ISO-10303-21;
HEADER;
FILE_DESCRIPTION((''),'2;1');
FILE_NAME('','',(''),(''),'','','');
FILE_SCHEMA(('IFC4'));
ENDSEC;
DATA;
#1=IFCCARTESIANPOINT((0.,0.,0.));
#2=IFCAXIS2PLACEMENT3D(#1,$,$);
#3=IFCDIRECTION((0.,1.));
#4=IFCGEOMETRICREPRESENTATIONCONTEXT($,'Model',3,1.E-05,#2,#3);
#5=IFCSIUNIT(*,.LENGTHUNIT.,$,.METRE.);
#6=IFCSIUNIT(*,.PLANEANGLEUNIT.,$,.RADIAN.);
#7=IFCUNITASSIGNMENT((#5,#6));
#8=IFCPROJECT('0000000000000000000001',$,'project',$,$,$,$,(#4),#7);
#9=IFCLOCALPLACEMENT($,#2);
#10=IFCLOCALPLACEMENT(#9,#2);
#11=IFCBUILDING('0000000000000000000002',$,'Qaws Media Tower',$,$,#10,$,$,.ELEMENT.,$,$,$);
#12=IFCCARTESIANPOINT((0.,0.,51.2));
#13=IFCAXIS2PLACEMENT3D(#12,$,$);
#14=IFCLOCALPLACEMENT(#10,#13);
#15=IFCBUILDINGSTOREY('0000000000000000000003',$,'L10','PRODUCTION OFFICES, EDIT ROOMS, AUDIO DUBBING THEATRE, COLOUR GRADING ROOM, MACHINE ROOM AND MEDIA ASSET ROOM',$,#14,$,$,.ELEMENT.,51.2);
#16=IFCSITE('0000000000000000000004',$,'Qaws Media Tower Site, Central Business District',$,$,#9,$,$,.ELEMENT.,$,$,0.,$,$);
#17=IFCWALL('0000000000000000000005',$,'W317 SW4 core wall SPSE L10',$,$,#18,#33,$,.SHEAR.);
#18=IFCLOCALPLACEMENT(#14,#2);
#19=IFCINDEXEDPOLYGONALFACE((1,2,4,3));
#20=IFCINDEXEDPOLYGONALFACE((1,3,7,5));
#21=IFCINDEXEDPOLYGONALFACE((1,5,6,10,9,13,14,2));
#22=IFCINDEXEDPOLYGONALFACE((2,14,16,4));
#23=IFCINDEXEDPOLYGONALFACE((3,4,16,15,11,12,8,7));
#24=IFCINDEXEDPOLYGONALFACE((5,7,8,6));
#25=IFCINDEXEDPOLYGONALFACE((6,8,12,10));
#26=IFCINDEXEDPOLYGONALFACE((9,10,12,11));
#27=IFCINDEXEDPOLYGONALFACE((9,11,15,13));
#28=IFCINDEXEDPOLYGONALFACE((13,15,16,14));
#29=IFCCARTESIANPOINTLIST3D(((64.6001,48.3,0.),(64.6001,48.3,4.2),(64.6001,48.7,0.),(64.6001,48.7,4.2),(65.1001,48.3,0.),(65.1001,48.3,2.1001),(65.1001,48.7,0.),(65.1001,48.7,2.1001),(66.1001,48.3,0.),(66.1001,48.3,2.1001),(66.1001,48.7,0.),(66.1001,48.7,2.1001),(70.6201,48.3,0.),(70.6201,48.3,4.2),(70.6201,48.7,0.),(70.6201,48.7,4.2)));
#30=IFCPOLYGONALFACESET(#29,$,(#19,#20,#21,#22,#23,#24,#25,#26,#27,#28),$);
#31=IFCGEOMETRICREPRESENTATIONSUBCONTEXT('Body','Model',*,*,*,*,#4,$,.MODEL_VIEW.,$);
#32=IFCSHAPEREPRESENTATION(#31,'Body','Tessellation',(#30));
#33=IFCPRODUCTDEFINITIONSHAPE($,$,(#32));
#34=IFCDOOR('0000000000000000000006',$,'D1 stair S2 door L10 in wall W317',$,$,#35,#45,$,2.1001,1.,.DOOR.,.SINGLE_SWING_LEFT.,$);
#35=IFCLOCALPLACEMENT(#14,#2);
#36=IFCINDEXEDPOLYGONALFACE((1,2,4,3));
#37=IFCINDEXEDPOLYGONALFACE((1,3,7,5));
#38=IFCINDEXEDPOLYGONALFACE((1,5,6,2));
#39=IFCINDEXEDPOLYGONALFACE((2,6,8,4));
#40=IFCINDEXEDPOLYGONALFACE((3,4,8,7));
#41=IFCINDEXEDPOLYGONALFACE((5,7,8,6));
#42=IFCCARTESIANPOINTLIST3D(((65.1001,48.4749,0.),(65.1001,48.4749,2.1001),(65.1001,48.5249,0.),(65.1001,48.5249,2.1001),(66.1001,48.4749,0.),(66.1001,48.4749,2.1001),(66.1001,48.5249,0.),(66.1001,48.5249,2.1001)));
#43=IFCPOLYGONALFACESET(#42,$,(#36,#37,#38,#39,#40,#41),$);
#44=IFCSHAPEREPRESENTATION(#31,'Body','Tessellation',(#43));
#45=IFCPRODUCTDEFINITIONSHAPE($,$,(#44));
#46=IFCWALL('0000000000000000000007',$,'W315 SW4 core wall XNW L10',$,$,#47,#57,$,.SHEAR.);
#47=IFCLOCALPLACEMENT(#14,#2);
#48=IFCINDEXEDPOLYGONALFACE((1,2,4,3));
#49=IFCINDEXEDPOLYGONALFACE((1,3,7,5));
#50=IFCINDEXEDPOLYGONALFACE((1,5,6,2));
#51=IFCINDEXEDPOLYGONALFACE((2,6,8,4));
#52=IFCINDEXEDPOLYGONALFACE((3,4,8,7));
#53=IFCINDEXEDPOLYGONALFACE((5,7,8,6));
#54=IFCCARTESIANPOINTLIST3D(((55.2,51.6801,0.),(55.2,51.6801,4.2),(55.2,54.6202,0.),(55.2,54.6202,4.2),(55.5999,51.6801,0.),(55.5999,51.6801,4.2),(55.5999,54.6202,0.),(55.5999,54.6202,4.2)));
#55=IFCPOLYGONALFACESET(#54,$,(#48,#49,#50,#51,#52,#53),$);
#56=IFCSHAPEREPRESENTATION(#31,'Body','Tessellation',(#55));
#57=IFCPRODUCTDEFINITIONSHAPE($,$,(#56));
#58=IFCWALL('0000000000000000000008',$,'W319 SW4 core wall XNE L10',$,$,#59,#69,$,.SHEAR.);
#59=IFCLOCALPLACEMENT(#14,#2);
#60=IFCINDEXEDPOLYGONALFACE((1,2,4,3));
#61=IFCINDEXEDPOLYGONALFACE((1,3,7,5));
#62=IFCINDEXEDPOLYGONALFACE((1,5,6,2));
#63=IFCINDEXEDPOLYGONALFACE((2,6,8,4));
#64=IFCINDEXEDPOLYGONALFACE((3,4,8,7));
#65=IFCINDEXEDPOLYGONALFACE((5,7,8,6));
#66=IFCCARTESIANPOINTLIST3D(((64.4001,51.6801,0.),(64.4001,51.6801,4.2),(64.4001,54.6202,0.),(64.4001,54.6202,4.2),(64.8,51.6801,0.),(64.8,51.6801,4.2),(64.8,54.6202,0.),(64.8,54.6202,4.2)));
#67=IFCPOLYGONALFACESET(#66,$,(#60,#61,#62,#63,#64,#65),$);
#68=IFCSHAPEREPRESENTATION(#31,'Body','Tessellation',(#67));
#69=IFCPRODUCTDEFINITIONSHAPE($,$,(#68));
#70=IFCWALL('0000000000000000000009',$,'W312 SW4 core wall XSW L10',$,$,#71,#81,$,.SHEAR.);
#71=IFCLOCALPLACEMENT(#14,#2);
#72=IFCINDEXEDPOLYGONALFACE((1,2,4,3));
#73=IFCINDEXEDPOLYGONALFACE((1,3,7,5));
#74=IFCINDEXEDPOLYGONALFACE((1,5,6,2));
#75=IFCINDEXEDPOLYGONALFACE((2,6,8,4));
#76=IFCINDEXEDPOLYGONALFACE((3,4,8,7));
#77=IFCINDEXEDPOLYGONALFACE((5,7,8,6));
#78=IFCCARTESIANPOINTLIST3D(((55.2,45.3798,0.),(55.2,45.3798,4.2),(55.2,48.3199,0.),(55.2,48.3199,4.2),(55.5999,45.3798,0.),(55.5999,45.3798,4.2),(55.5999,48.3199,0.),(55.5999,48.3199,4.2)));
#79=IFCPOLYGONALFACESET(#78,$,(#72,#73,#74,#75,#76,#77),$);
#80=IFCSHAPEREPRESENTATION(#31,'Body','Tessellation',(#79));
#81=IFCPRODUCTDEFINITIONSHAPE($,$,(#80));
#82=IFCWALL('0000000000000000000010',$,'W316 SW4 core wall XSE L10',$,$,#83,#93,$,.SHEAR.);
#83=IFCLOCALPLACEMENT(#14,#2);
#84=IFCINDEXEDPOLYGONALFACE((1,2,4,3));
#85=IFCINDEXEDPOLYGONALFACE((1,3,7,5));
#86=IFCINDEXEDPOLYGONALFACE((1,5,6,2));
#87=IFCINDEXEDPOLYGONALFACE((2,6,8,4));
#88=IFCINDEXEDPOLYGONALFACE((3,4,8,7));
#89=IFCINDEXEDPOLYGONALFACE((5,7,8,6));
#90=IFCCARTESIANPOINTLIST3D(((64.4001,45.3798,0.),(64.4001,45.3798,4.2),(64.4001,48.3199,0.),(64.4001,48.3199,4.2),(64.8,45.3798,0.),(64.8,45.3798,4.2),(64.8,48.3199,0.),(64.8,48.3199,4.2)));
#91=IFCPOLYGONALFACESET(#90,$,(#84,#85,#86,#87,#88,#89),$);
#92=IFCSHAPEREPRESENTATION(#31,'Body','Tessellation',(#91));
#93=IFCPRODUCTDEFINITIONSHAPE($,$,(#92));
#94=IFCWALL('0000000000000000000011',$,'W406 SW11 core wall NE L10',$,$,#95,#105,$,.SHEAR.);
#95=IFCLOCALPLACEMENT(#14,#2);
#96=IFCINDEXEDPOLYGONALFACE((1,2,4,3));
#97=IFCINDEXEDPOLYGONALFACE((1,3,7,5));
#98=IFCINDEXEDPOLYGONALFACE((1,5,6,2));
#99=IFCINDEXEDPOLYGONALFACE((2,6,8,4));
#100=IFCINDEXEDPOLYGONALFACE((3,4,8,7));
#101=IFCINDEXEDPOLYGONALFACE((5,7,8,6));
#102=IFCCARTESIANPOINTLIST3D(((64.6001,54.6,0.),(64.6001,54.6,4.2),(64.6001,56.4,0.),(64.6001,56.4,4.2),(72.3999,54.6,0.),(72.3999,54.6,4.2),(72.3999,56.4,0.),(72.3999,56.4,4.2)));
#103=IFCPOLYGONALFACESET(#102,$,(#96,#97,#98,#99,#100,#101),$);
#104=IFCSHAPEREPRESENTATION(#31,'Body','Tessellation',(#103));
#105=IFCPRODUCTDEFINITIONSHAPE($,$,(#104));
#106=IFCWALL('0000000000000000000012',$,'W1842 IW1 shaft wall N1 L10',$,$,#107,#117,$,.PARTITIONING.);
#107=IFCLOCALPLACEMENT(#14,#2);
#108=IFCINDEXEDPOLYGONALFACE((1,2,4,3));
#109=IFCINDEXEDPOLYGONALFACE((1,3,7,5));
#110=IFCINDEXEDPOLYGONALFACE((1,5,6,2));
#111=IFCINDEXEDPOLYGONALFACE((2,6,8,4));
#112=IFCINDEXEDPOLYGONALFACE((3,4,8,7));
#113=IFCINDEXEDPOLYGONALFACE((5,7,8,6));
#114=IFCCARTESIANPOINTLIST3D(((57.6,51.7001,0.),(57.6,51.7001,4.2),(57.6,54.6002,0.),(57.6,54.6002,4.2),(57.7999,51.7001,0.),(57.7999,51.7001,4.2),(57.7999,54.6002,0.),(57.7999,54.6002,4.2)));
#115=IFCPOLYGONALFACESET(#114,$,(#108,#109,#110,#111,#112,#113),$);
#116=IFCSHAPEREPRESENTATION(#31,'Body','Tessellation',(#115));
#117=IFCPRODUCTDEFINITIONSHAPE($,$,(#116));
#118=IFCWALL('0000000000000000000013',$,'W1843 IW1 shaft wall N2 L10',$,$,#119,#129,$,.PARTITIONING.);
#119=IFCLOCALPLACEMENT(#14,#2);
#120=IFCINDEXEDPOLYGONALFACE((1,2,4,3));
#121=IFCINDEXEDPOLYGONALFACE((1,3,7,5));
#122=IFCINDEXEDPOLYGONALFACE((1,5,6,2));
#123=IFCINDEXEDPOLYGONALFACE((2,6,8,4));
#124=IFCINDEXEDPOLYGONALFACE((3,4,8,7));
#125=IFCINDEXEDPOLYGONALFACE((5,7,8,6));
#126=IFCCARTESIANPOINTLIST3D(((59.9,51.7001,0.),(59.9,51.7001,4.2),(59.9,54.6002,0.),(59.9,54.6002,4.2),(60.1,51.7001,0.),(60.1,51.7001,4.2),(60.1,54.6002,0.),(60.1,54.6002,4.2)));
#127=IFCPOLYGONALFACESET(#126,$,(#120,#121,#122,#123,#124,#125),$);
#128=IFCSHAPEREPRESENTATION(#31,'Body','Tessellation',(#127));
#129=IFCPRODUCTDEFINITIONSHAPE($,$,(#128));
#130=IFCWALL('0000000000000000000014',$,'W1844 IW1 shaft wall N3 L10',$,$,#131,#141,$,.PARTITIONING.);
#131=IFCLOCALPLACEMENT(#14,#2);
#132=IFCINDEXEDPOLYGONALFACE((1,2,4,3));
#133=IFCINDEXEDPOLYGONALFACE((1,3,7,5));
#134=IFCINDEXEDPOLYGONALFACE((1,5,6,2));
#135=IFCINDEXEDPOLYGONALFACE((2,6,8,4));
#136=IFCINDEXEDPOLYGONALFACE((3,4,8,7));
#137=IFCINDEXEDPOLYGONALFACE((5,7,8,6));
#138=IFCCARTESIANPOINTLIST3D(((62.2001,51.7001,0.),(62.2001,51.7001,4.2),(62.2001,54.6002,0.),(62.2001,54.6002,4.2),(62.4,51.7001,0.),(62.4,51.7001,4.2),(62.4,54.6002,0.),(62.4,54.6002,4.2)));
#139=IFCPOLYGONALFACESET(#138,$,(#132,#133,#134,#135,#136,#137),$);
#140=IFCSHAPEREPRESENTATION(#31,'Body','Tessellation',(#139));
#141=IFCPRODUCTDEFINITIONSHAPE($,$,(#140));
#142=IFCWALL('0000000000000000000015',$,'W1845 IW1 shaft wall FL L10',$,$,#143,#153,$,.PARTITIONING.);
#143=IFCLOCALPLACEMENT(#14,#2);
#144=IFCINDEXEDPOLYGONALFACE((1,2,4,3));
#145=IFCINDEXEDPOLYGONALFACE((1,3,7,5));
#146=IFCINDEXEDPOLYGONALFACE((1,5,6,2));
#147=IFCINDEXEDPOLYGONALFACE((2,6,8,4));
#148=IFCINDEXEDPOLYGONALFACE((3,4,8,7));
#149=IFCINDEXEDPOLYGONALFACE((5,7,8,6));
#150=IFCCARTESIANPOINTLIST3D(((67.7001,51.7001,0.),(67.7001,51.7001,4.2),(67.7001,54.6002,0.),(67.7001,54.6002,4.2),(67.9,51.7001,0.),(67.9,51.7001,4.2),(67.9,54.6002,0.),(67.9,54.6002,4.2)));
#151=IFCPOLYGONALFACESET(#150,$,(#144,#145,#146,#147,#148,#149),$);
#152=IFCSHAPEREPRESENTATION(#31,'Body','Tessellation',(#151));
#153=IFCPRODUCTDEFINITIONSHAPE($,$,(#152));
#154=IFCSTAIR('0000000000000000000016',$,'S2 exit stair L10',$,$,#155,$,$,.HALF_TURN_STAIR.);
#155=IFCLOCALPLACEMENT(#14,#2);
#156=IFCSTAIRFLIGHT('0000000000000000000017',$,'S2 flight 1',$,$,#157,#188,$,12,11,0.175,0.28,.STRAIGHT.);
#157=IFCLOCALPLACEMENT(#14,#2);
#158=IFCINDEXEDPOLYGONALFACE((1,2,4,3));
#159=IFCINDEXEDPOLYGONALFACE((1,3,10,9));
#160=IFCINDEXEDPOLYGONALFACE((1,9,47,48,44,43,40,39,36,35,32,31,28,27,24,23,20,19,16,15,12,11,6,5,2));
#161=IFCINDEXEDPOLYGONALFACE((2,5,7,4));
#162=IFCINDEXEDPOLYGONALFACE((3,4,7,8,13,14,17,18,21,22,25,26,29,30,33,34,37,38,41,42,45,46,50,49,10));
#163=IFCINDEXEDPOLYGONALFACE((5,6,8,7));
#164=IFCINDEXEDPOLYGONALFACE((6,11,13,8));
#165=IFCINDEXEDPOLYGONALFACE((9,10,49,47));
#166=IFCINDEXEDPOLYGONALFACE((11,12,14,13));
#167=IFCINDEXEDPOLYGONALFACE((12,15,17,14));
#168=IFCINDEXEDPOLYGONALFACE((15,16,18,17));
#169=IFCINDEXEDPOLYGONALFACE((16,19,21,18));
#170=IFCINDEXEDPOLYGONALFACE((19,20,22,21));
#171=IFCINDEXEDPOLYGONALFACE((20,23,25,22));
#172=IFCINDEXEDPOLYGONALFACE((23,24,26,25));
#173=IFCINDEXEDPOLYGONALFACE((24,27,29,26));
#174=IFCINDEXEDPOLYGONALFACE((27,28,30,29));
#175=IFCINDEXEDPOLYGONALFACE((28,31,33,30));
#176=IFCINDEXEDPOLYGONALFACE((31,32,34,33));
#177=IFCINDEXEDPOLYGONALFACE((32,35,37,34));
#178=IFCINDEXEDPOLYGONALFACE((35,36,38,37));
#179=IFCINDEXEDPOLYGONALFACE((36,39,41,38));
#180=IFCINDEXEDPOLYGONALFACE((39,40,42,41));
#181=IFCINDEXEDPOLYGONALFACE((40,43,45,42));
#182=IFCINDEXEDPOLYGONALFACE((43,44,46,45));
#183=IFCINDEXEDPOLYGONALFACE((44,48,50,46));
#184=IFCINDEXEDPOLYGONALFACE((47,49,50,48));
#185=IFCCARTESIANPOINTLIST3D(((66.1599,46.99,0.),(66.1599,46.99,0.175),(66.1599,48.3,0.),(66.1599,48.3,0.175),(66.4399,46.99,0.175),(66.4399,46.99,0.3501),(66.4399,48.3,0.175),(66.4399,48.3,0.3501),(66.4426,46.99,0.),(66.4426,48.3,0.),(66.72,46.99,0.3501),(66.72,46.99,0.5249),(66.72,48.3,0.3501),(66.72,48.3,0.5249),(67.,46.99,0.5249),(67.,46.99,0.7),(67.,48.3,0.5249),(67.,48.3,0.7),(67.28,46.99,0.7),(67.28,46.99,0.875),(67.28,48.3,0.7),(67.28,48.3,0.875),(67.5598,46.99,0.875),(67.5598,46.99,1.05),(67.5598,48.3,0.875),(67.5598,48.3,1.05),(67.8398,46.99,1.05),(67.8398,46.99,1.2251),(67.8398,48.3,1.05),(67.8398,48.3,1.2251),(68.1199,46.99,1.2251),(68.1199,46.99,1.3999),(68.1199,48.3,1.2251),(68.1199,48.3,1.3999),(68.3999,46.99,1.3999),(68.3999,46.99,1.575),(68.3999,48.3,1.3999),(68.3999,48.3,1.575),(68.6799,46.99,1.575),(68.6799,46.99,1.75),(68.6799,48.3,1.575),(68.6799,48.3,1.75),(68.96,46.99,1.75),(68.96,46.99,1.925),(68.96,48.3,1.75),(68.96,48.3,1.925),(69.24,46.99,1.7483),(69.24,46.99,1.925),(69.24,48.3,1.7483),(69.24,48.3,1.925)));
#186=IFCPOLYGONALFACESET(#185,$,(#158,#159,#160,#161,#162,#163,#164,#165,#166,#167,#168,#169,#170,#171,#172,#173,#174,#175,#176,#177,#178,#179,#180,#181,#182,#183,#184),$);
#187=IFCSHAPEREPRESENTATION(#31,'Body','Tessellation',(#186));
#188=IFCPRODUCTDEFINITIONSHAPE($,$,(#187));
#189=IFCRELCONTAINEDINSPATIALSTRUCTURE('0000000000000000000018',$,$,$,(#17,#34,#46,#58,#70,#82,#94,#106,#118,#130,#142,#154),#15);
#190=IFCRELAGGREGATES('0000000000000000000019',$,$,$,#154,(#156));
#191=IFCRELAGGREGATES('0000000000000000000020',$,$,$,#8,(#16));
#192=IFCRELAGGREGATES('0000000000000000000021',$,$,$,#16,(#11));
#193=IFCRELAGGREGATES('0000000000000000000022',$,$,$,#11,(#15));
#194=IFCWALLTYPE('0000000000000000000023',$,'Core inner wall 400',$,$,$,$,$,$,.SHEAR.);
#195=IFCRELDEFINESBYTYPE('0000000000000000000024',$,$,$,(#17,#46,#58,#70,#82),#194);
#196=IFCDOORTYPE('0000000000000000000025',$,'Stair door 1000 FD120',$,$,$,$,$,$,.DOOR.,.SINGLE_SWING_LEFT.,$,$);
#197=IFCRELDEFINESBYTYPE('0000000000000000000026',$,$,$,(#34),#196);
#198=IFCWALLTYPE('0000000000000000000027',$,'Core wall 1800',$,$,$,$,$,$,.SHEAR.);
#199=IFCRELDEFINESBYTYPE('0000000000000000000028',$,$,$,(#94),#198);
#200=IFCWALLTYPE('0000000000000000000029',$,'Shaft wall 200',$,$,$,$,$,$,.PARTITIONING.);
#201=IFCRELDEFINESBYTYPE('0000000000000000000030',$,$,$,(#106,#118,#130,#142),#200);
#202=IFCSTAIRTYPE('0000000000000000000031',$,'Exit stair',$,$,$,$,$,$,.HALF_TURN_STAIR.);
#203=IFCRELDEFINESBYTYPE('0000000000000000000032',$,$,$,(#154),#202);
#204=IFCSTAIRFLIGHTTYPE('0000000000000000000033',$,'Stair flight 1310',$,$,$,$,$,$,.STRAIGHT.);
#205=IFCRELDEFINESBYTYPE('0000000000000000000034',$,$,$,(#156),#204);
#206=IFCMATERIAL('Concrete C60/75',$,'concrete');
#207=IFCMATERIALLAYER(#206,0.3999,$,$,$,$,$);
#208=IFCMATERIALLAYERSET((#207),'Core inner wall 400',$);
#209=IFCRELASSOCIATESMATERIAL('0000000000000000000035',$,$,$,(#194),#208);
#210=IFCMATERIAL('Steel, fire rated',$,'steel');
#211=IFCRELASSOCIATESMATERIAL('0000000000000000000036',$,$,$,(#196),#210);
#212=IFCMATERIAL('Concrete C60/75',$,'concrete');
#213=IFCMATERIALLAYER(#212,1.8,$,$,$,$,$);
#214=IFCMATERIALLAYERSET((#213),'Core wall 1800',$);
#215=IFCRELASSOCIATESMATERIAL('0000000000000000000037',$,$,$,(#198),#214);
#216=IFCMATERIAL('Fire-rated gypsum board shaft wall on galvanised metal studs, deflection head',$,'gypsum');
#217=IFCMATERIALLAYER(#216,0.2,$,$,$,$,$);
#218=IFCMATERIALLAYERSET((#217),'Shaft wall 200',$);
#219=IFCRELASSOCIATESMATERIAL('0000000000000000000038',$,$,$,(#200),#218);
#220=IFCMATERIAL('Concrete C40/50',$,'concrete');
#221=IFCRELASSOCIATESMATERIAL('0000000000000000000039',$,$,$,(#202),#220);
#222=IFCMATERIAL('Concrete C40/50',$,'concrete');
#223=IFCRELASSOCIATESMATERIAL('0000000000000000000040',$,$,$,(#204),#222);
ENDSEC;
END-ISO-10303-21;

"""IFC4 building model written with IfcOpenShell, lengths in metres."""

from ifc_helpers import new_model, si_unit, direction, frame, frame_2d, origin, place, context, subcontext, project, spatial, polyline, rectangle, outline, extrude, material, layer, layer_set, type_object, element, fill, aggregate, save


model = new_model("IFC4")

# Units and contexts
model_context = context("Model", 3, precision=1e-05, world=origin(), true_north=direction((0.0, 1.0)))
body_context = subcontext(model_context, "Body", "Model", "MODEL_VIEW")
ifc_project = project(units=[si_unit("LENGTHUNIT", "METRE"), si_unit("PLANEANGLEUNIT", "RADIAN")], contexts=[model_context])

# Site, building, storey
site_placement = place(None, origin())
site = spatial("IfcSite", under=ifc_project, at=site_placement, Name="Qaws Media Tower Site, Central Business District", CompositionType="ELEMENT", RefElevation=0.0)
building_placement = place(site_placement, origin())
building = spatial("IfcBuilding", under=site, at=building_placement, Name="Qaws Media Tower", CompositionType="ELEMENT")
storey_placement = place(building_placement, frame((0.0, 0.0, 51.2)))
storey = spatial("IfcBuildingStorey", under=building, at=storey_placement, Name="L10", Description="PRODUCTION OFFICES, EDIT ROOMS, AUDIO DUBBING THEATRE, COLOUR GRADING ROOM, MACHINE ROOM AND MEDIA ASSET ROOM", CompositionType="ELEMENT", Elevation=51.2)

# Shared definitions
ifc_material_1 = material(Name="Concrete C60/75", Category="concrete")
ifc_layer_1 = layer(ifc_material_1, 0.3999)
ifc_layer_set_1 = layer_set([ifc_layer_1], Name="Core inner wall 400")
wall_type_1 = type_object("IfcWallType", Name="Core inner wall 400", PredefinedType="SHEAR", material=ifc_layer_set_1)

# Wall, opening, door
wall_1_placement = place(storey_placement, frame((64.6001, 48.5, 0.0), z_axis=(0.0, 0.0, 1.0), x_axis=(1.0, 0.0, 0.0)))
wall_1 = element("IfcWall", 1, at=wall_1_placement, inside=storey, type_object=wall_type_1, Name="W317 SW4 core wall SPSE L10", PredefinedType="SHEAR", context=body_context, shape_type="SweptSolid", body=[
    extrude(rectangle(XDim=6.02, YDim=0.3999, at=frame_2d((3.01, 0.0))), origin(), (0.0, 0.0, 1.0), 4.2),
])
opening_1_placement = place(wall_1_placement, frame((0.5, 0.0, 0.0)))
opening_1 = element("IfcOpeningElement", 2, at=opening_1_placement, cuts=wall_1, PredefinedType="OPENING", context=body_context, shape_type="SweptSolid", body=[
    extrude(rectangle(XDim=1.0, YDim=2.1001, at=frame_2d((0.5, 1.05))), frame((0.0, 0.21, 0.0), z_axis=(0.0, -1.0, 0.0), x_axis=(1.0, 0.0, 0.0)), (0.0, 0.0, 1.0), 0.4199),
])
ifc_material_2 = material(Name="Steel, fire rated", Category="steel")
door_type_1 = type_object("IfcDoorType", Name="Stair door 1000 FD120", OperationType="SINGLE_SWING_LEFT", PredefinedType="DOOR", material=ifc_material_2)
door_1_placement = place(opening_1_placement, origin())
door_1 = element("IfcDoor", 3, at=door_1_placement, inside=storey, type_object=door_type_1, Name="D1 stair S2 door L10 in wall W317", OperationType="SINGLE_SWING_LEFT", OverallHeight=2.1001, OverallWidth=1.0, PredefinedType="DOOR", context=body_context, shape_type="SweptSolid", body=[
    extrude(rectangle(XDim=1.0, YDim=2.1001, at=frame_2d((0.5, 1.05))), frame((0.0, 0.0249, 0.0), z_axis=(0.0, -1.0, 0.0), x_axis=(1.0, 0.0, 0.0)), (0.0, 0.0, 1.0), 0.05),
])
fill(opening_1, door_1)

# Walls
for number, where, z_axis, x_axis, name in (
    (4, (55.3999, 51.6799, 0.0), (0.0, 0.0, 1.0), (0.0, 1.0, 0.0), "W315 SW4 core wall XNW L10"),
    (5, (64.6001, 51.6799, 0.0), (0.0, 0.0, 1.0), (0.0, 1.0, 0.0), "W319 SW4 core wall XNE L10"),
    (6, (55.3999, 48.3201, 0.0), (0.0, 0.0, 1.0), (0.0, -1.0, 0.0), "W312 SW4 core wall XSW L10"),
    (7, (64.6001, 48.3201, 0.0), (0.0, 0.0, 1.0), (0.0, -1.0, 0.0), "W316 SW4 core wall XSE L10"),
):
    element("IfcWall", number, at=place(storey_placement, frame(where, z_axis=z_axis, x_axis=x_axis)), inside=storey, type_object=wall_type_1, Name=name, PredefinedType="SHEAR", context=body_context, shape_type="SweptSolid", body=[
        extrude(rectangle(XDim=2.9402, YDim=0.3999, at=frame_2d((1.4702, 0.0))), origin(), (0.0, 0.0, 1.0), 4.2),
    ])
ifc_material_3 = material(Name="Concrete C60/75", Category="concrete")
ifc_layer_2 = layer(ifc_material_3, 1.8)
ifc_layer_set_2 = layer_set([ifc_layer_2], Name="Core wall 1800")
wall_type_2 = type_object("IfcWallType", Name="Core wall 1800", PredefinedType="SHEAR", material=ifc_layer_set_2)
wall_2_placement = place(storey_placement, frame((64.6001, 55.5, 0.0), z_axis=(0.0, 0.0, 1.0), x_axis=(1.0, 0.0, 0.0)))
element("IfcWall", 8, at=wall_2_placement, inside=storey, type_object=wall_type_2, Name="W406 SW11 core wall NE L10", PredefinedType="SHEAR", context=body_context, shape_type="SweptSolid", body=[
    extrude(rectangle(XDim=7.7998, YDim=1.8, at=frame_2d((3.8999, 0.0))), origin(), (0.0, 0.0, 1.0), 4.2),
])
ifc_material_4 = material(Name="Fire-rated gypsum board shaft wall on galvanised metal studs, deflection head", Category="gypsum")
ifc_layer_3 = layer(ifc_material_4, 0.2)
ifc_layer_set_3 = layer_set([ifc_layer_3], Name="Shaft wall 200")
wall_type_3 = type_object("IfcWallType", Name="Shaft wall 200", PredefinedType="PARTITIONING", material=ifc_layer_set_3)
for number, where, z_axis, x_axis, name in (
    (9, (57.7, 51.7, 0.0), (0.0, 0.0, 1.0), (0.0, 1.0, 0.0), "W1842 IW1 shaft wall N1 L10"),
    (10, (60.0, 51.7, 0.0), (0.0, 0.0, 1.0), (0.0, 1.0, 0.0), "W1843 IW1 shaft wall N2 L10"),
    (11, (62.3, 51.7, 0.0), (0.0, 0.0, 1.0), (0.0, 1.0, 0.0), "W1844 IW1 shaft wall N3 L10"),
    (12, (67.8, 51.7, 0.0), (0.0, 0.0, 1.0), (0.0, 1.0, 0.0), "W1845 IW1 shaft wall FL L10"),
):
    element("IfcWall", number, at=place(storey_placement, frame(where, z_axis=z_axis, x_axis=x_axis)), inside=storey, type_object=wall_type_3, Name=name, PredefinedType="PARTITIONING", context=body_context, shape_type="SweptSolid", body=[
        extrude(rectangle(XDim=2.9001, YDim=0.2, at=frame_2d((1.4502, 0.0))), origin(), (0.0, 0.0, 1.0), 4.2),
    ])

# Stair, stair flight
ifc_material_5 = material(Name="Concrete C40/50", Category="concrete")
stair_type = type_object("IfcStairType", Name="Exit stair", PredefinedType="HALF_TURN_STAIR", material=ifc_material_5)
stair_placement = place(storey_placement, origin())
stair = element("IfcStair", 13, at=stair_placement, inside=storey, type_object=stair_type, Name="S2 exit stair L10", PredefinedType="HALF_TURN_STAIR")
ifc_material_6 = material(Name="Concrete C40/50", Category="concrete")
stair_flight_type = type_object("IfcStairFlightType", Name="Stair flight 1310", PredefinedType="STRAIGHT", material=ifc_material_6)
stair_flight_placement = place(storey_placement, frame((66.1599, 47.645, 0.0), z_axis=(0.0, 0.0, 1.0), x_axis=(1.0, 0.0, 0.0)))
stair_flight = element("IfcStairFlight", 14, at=stair_flight_placement, type_object=stair_flight_type, Name="S2 flight 1", NumberOfRisers=12, NumberOfTreads=11, PredefinedType="STRAIGHT", RiserHeight=0.175, TreadLength=0.28, context=body_context, shape_type="SweptSolid", body=[
    extrude(outline(polyline([(0.0, 0.0), (0.0, 0.175), (0.28, 0.175), (0.28, 0.3501), (0.5601, 0.3501), (0.5601, 0.5249), (0.8401, 0.5249), (0.8401, 0.7), (1.1201, 0.7), (1.1201, 0.875), (1.3999, 0.875), (1.3999, 1.05), (1.6799, 1.05), (1.6799, 1.2251), (1.96, 1.2251), (1.96, 1.3999), (2.24, 1.3999), (2.24, 1.575), (2.52, 1.575), (2.52, 1.75), (2.8, 1.75), (2.8, 1.925), (3.0801, 1.925), (3.0801, 2.1001), (3.0801, 1.7483), (0.2827, 0.0), (0.0, 0.0)])), frame((0.0, 0.655, 0.0), z_axis=(0.0, -1.0, 0.0), x_axis=(1.0, 0.0, 0.0)), (0.0, 0.0, 1.0), 1.3101),
])
aggregate(stair, [stair_flight])

save(model, "model.ifc")
